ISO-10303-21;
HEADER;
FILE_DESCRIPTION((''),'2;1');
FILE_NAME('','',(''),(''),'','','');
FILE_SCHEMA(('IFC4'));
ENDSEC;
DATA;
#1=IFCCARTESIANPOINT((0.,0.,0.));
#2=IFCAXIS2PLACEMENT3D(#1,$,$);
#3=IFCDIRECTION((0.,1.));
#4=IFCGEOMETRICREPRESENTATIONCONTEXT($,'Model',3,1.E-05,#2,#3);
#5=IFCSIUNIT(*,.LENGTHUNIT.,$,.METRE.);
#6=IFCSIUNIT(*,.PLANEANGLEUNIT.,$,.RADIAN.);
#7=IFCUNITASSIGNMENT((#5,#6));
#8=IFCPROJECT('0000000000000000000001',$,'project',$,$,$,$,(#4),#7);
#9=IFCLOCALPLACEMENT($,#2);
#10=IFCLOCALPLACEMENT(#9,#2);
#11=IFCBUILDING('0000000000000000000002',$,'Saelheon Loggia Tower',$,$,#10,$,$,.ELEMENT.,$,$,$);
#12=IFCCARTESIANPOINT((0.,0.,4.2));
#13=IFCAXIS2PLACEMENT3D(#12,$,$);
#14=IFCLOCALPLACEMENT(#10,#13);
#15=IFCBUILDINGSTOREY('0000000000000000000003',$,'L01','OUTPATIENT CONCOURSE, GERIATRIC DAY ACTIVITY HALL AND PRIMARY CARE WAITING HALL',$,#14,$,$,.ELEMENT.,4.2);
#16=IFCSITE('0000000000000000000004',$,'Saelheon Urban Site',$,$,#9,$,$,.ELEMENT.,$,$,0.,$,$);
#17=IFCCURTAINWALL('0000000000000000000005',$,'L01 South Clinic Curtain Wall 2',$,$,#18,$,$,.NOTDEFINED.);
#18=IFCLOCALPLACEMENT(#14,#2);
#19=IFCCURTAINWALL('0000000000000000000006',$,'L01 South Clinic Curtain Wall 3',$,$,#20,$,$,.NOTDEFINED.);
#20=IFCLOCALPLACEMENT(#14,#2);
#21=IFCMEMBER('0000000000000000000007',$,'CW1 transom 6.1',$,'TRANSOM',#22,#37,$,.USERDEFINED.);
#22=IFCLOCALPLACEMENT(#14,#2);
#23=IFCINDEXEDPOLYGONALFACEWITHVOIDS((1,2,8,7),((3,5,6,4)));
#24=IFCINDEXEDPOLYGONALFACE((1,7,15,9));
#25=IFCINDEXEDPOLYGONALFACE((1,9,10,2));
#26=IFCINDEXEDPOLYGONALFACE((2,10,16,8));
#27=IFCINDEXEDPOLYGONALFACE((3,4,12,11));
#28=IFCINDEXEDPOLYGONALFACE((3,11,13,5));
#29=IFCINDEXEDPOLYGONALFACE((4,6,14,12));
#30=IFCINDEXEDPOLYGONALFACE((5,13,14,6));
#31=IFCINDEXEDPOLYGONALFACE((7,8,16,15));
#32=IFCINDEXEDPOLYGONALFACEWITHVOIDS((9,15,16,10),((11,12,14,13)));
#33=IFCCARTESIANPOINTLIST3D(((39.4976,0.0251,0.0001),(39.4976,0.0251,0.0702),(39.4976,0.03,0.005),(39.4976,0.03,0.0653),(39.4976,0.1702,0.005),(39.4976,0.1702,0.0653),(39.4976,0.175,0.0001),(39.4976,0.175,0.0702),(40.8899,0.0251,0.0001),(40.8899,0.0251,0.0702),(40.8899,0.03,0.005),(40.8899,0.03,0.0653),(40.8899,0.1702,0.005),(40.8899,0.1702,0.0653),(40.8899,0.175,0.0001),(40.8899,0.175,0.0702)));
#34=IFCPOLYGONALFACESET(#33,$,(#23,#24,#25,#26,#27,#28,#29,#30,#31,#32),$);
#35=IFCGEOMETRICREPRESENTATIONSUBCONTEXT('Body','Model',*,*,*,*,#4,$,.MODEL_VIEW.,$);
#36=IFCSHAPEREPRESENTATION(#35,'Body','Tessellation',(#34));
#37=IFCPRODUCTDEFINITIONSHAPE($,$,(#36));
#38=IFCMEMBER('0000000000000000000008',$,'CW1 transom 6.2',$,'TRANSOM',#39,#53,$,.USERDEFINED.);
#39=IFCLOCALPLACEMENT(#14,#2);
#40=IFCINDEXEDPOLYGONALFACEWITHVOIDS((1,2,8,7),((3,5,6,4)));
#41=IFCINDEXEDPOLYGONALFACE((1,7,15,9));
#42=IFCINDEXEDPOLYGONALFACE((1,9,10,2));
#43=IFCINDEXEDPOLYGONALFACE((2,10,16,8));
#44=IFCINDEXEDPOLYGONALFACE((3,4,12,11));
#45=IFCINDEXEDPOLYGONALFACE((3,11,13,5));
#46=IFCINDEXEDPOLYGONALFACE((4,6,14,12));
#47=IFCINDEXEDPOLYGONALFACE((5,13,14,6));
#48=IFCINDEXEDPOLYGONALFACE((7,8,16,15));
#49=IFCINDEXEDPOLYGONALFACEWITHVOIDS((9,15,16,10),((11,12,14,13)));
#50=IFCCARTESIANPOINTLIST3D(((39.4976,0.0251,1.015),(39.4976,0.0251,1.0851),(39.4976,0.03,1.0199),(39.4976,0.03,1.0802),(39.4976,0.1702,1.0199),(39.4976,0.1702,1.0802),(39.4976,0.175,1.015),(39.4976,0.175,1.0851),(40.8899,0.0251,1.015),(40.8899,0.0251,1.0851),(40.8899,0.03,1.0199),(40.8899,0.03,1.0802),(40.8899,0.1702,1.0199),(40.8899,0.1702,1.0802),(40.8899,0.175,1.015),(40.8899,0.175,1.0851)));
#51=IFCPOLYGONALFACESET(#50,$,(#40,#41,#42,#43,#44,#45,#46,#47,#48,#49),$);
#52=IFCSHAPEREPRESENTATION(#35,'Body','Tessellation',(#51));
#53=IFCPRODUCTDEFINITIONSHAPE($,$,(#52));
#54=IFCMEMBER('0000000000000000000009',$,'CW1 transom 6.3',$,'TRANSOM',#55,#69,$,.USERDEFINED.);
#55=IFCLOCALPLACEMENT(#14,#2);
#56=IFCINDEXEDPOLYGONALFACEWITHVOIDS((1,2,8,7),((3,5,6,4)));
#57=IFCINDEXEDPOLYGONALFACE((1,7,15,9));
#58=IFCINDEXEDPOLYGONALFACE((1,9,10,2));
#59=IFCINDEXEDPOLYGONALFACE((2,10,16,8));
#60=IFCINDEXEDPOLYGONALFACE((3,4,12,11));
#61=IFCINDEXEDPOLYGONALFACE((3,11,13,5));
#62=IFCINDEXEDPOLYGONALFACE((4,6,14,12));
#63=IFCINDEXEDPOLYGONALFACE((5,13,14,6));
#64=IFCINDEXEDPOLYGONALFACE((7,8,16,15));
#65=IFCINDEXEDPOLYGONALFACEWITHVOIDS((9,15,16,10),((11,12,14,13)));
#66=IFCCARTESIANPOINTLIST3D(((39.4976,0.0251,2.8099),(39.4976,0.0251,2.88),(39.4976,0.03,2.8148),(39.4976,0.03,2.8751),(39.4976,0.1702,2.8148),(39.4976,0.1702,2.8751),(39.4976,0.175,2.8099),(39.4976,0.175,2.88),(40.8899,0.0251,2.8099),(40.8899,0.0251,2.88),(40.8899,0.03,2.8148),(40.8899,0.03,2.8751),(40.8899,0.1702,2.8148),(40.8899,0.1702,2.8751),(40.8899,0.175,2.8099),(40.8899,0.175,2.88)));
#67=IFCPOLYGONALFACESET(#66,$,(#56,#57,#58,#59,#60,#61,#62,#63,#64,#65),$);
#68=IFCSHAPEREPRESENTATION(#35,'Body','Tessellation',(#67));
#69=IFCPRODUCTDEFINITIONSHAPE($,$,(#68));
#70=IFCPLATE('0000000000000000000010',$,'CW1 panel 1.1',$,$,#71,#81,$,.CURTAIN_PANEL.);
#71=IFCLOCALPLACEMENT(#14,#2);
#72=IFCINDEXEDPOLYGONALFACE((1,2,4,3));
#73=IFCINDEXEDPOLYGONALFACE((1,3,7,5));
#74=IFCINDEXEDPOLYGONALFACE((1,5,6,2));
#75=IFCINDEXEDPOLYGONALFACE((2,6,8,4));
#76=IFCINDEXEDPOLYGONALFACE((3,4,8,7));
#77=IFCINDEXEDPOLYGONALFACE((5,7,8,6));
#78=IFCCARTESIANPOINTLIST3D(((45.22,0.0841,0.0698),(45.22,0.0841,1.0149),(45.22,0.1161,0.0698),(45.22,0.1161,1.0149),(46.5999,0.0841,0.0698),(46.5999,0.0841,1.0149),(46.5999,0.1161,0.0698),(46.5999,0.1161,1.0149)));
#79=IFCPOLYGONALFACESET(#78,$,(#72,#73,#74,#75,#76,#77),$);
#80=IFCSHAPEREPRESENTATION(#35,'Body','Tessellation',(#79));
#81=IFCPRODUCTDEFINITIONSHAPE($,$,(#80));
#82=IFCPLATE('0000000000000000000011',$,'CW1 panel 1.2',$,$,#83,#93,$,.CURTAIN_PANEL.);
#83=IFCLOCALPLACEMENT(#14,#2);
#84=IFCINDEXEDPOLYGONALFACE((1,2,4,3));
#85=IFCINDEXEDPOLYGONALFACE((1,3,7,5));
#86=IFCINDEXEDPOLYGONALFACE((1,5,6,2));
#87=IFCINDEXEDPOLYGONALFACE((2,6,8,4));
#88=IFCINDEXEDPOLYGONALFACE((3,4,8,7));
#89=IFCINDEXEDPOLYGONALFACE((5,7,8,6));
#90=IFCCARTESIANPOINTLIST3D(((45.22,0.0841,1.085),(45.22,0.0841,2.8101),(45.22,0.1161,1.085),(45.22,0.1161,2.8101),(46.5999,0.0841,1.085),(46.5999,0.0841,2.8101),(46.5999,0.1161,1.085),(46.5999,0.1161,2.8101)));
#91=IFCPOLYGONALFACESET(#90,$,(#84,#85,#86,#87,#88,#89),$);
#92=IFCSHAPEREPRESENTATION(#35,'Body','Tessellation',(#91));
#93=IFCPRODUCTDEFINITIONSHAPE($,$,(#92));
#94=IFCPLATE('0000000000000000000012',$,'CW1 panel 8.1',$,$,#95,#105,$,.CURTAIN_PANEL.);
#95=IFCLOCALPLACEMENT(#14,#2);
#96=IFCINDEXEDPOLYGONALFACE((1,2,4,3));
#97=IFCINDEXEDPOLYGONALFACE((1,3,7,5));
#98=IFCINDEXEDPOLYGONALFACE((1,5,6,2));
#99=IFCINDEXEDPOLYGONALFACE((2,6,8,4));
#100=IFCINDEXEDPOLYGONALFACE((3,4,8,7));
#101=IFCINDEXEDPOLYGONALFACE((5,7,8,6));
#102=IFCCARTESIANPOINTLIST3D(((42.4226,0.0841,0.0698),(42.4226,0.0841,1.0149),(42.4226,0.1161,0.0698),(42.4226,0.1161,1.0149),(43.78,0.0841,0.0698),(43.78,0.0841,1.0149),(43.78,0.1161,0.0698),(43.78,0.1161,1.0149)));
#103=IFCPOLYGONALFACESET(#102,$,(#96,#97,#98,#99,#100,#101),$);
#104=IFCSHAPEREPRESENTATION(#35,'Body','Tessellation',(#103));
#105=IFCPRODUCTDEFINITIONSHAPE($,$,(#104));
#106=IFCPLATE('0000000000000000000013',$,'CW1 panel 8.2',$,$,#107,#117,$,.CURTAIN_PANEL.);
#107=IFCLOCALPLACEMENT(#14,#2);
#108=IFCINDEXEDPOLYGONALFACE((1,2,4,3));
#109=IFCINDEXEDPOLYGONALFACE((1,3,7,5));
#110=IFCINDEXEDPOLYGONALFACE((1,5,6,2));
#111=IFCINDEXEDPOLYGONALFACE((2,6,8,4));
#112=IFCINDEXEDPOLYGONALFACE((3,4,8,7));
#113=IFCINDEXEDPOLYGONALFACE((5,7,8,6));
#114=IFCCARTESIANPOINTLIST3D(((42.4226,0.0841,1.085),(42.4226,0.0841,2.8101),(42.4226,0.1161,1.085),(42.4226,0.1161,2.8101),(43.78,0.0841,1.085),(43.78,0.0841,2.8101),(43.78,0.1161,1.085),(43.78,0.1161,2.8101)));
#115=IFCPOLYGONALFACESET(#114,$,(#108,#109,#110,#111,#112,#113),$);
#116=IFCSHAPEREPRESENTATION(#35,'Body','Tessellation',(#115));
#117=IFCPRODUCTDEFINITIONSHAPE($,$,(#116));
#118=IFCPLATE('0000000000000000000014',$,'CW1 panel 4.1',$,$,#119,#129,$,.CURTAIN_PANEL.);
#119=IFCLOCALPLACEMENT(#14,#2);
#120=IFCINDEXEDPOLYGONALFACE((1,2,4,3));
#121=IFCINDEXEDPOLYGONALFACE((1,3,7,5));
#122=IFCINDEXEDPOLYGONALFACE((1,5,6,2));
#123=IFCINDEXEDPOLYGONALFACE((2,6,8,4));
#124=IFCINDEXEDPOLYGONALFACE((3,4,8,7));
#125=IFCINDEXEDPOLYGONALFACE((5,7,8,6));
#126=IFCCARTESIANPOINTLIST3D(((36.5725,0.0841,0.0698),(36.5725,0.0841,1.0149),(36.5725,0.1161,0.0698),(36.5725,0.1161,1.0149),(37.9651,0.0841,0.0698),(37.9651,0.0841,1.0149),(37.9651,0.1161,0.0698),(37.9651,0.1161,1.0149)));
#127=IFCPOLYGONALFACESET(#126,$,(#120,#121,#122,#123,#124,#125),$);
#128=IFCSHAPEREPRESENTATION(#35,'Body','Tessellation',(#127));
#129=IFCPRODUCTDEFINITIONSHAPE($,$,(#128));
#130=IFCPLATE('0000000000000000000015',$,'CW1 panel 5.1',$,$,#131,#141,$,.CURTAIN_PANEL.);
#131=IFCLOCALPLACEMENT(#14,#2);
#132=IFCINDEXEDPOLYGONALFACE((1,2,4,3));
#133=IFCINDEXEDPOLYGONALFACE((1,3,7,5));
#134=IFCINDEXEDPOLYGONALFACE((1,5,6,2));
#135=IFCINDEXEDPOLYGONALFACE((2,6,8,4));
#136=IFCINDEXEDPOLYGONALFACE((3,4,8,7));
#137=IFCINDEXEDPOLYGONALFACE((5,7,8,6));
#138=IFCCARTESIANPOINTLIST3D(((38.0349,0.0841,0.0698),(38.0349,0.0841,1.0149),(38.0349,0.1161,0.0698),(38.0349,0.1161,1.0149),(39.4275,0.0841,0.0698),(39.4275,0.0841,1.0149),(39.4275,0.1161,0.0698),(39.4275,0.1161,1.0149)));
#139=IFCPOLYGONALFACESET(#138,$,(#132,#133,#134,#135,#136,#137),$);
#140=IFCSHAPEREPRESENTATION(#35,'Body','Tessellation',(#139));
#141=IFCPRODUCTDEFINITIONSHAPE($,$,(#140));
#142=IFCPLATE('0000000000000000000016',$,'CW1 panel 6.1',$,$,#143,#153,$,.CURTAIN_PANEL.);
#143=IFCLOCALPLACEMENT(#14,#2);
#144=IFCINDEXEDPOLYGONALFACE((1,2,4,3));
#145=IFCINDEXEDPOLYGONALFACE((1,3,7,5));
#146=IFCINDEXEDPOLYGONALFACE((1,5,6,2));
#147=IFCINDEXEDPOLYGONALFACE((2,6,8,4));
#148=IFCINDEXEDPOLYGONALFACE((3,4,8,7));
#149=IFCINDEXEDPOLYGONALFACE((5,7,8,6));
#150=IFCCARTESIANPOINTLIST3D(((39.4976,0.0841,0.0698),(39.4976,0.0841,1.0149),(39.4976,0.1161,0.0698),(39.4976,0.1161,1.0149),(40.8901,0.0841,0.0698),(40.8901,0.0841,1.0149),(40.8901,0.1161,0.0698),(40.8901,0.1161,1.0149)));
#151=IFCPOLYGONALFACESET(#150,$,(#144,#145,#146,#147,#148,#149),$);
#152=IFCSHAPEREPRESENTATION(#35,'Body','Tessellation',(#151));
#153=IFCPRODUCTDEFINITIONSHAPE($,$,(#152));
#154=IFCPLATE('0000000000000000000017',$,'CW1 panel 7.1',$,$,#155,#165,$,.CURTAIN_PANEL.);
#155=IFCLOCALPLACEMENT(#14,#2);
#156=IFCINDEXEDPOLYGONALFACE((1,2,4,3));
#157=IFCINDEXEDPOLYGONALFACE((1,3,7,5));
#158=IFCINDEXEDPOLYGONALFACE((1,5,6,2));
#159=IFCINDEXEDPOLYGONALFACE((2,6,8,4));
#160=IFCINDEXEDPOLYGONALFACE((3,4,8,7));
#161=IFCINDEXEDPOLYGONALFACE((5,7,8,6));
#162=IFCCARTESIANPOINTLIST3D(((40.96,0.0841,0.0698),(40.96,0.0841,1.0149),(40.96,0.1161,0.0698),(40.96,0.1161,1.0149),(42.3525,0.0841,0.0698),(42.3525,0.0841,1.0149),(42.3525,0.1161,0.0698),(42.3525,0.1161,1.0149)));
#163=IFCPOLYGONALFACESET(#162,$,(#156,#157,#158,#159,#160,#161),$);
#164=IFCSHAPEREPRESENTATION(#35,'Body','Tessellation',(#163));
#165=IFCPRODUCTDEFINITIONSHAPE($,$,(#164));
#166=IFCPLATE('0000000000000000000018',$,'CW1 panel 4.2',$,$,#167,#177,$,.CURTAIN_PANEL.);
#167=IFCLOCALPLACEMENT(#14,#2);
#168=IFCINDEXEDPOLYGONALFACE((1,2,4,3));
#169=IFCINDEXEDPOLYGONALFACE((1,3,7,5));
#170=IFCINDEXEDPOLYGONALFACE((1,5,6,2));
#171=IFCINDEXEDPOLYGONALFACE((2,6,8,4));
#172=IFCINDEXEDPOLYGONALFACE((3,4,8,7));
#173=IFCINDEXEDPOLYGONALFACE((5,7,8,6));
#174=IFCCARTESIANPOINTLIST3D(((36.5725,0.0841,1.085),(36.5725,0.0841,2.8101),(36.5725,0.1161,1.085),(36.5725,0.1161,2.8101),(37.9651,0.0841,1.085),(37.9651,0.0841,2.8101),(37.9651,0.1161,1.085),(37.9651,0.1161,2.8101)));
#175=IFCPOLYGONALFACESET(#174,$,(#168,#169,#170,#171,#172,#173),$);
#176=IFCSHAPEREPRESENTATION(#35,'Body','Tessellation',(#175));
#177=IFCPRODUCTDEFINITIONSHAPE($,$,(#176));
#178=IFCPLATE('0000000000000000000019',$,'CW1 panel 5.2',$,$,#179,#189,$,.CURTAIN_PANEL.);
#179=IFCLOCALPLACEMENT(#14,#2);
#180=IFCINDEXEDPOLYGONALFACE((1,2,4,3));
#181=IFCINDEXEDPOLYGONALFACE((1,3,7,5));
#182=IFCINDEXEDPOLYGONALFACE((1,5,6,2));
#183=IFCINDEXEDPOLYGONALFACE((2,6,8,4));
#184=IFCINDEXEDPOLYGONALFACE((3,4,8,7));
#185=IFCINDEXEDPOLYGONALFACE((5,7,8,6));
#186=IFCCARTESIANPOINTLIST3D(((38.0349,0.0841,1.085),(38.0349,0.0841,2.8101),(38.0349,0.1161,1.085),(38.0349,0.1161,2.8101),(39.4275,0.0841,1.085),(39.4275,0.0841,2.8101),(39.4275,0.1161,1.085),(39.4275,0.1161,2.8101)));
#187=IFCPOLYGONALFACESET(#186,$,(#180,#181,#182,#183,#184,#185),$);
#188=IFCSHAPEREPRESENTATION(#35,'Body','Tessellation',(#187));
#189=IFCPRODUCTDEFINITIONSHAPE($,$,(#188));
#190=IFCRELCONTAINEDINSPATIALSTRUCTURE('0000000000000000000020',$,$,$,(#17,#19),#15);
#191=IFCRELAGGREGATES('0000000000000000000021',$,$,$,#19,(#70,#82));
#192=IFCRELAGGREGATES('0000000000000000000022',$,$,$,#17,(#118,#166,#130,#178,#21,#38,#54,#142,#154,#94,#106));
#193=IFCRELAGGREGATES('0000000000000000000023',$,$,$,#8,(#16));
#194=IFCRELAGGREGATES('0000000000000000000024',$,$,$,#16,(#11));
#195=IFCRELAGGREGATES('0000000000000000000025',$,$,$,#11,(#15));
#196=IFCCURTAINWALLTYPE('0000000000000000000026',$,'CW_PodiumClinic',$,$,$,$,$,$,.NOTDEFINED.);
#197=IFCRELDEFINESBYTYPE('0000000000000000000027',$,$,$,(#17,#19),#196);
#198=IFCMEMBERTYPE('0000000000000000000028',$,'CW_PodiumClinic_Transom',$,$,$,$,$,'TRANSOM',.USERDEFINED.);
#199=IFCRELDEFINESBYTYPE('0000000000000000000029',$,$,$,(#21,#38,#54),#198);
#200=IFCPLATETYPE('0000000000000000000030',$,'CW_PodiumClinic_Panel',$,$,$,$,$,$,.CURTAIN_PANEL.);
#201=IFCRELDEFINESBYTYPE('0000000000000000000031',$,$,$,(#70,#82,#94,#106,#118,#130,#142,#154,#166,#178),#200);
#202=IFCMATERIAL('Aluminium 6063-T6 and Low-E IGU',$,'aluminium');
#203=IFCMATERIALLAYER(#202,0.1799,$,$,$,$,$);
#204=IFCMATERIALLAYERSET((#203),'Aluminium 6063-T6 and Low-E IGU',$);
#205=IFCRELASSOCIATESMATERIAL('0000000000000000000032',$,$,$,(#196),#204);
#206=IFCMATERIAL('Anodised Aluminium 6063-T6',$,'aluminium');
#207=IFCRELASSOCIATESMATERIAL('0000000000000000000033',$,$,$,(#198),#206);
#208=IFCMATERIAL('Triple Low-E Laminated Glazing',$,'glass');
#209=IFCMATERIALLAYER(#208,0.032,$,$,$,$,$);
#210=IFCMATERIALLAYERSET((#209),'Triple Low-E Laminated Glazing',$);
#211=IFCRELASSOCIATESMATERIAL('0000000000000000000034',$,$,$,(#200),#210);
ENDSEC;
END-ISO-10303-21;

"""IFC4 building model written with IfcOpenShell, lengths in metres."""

from ifc_helpers import new_model, si_unit, direction, frame, origin, origin_2d, place, context, subcontext, project, spatial, rectangle, hollow_rectangle, extrude, source, transform, mapped, material, layer, layer_set, material_profile, profile_set, type_object, element, aggregate, save


model = new_model("IFC4")

# Units and contexts
model_context = context("Model", 3, precision=1e-05, world=origin(), true_north=direction((0.0, 1.0)))
body_context = subcontext(model_context, "Body", "Model", "MODEL_VIEW")
ifc_project = project(units=[si_unit("LENGTHUNIT", "METRE"), si_unit("PLANEANGLEUNIT", "RADIAN")], contexts=[model_context])

# Site, building, storey
site_placement = place(None, origin())
site = spatial("IfcSite", under=ifc_project, at=site_placement, Name="Saelheon Urban Site", CompositionType="ELEMENT", RefElevation=0.0)
building_placement = place(site_placement, origin())
building = spatial("IfcBuilding", under=site, at=building_placement, Name="Saelheon Loggia Tower", CompositionType="ELEMENT")
storey_placement = place(building_placement, frame((0.0, 0.0, 4.2)))
storey = spatial("IfcBuildingStorey", under=building, at=storey_placement, Name="L01", Description="OUTPATIENT CONCOURSE, GERIATRIC DAY ACTIVITY HALL AND PRIMARY CARE WAITING HALL", CompositionType="ELEMENT", Elevation=4.2)

# Curtain walls
ifc_material_1 = material(Name="Aluminium 6063-T6 and Low-E IGU", Category="aluminium")
ifc_layer_1 = layer(ifc_material_1, 0.1799)
ifc_layer_set_1 = layer_set([ifc_layer_1], Name="Aluminium 6063-T6 and Low-E IGU")
curtain_wall_type = type_object("IfcCurtainWallType", Name="CW_PodiumClinic", PredefinedType="NOTDEFINED", material=ifc_layer_set_1)
curtain_wall_1_placement = place(storey_placement, origin())
curtain_wall_1 = element("IfcCurtainWall", 1, at=curtain_wall_1_placement, inside=storey, type_object=curtain_wall_type, Name="L01 South Clinic Curtain Wall 2", PredefinedType="NOTDEFINED")
ifc_material_2 = material(Name="Anodised Aluminium 6063-T6", Category="aluminium")
curtain_wall_2_placement = place(storey_placement, origin())
curtain_wall_2 = element("IfcCurtainWall", 2, at=curtain_wall_2_placement, inside=storey, type_object=curtain_wall_type, Name="L01 South Clinic Curtain Wall 3", PredefinedType="NOTDEFINED")
ifc_material_profile_1 = material_profile(ifc_material_2, hollow_rectangle(XDim=0.0701, YDim=0.1499, WallThickness=0.0049, at=origin_2d()), Name="RHS-150x70x5")
ifc_profile_set_1 = profile_set([ifc_material_profile_1], Name="Anodised Aluminium 6063-T6")
member_type_1 = type_object("IfcMemberType", Name="CW_PodiumClinic_Transom", ElementType="TRANSOM", PredefinedType="USERDEFINED", material=ifc_profile_set_1)

# Members
shared_shape_1 = source(origin(), body_context, "Body", "SweptSolid", [
    extrude(hollow_rectangle(XDim=0.0701, YDim=0.1499, WallThickness=0.0049, at=origin_2d()), origin(), (0.0, 0.0, 1.0), 1.3923),
])
member_1_placement = place(storey_placement, frame((39.4976, 0.1001, 0.0352), z_axis=(1.0, 0.0, 0.0), x_axis=(0.0, 0.0, 1.0)))
member_1 = element("IfcMember", 3, at=member_1_placement, type_object=member_type_1, Name="CW1 transom 6.1", ObjectType="TRANSOM", PredefinedType="USERDEFINED", context=body_context, shape_type="MappedRepresentation", body=[
    mapped(shared_shape_1, transform((0.0, 0.0, 0.0), scale=1.0)),
])
member_2_placement = place(storey_placement, frame((39.4976, 0.1001, 1.05), z_axis=(1.0, 0.0, 0.0), x_axis=(0.0, 0.0, 1.0)))
member_2 = element("IfcMember", 4, at=member_2_placement, type_object=member_type_1, Name="CW1 transom 6.2", ObjectType="TRANSOM", PredefinedType="USERDEFINED", context=body_context, shape_type="MappedRepresentation", body=[
    mapped(shared_shape_1, transform((0.0, 0.0, 0.0), scale=1.0)),
])
member_3_placement = place(storey_placement, frame((39.4976, 0.1001, 2.845), z_axis=(1.0, 0.0, 0.0), x_axis=(0.0, 0.0, 1.0)))
member_3 = element("IfcMember", 5, at=member_3_placement, type_object=member_type_1, Name="CW1 transom 6.3", ObjectType="TRANSOM", PredefinedType="USERDEFINED", context=body_context, shape_type="MappedRepresentation", body=[
    mapped(shared_shape_1, transform((0.0, 0.0, 0.0), scale=1.0)),
])

# Plates
ifc_material_3 = material(Name="Triple Low-E Laminated Glazing", Category="glass")
ifc_layer_2 = layer(ifc_material_3, 0.032)
ifc_layer_set_2 = layer_set([ifc_layer_2], Name="Triple Low-E Laminated Glazing")
plate_type = type_object("IfcPlateType", Name="CW_PodiumClinic_Panel", PredefinedType="CURTAIN_PANEL", material=ifc_layer_set_2)
shared_shape_2 = source(origin(), body_context, "Body", "SweptSolid", [
    extrude(rectangle(XDim=1.3799, YDim=0.032, at=origin_2d()), origin(), (0.0, 0.0, 1.0), 0.9451),
])
plate_1_placement = place(storey_placement, frame((45.9099, 0.1001, 0.0698), z_axis=(0.0, 0.0, 1.0), x_axis=(1.0, 0.0, 0.0)))
plate_1 = element("IfcPlate", 6, at=plate_1_placement, type_object=plate_type, Name="CW1 panel 1.1", PredefinedType="CURTAIN_PANEL", context=body_context, shape_type="MappedRepresentation", body=[
    mapped(shared_shape_2, transform((0.0, 0.0, 0.0), scale=1.0)),
])
shared_shape_3 = source(origin(), body_context, "Body", "SweptSolid", [
    extrude(rectangle(XDim=1.3799, YDim=0.032, at=origin_2d()), origin(), (0.0, 0.0, 1.0), 1.7251),
])
plate_2_placement = place(storey_placement, frame((45.9099, 0.1001, 1.085), z_axis=(0.0, 0.0, 1.0), x_axis=(1.0, 0.0, 0.0)))
plate_2 = element("IfcPlate", 7, at=plate_2_placement, type_object=plate_type, Name="CW1 panel 1.2", PredefinedType="CURTAIN_PANEL", context=body_context, shape_type="MappedRepresentation", body=[
    mapped(shared_shape_3, transform((0.0, 0.0, 0.0), scale=1.0)),
])
aggregate(curtain_wall_2, [plate_1, plate_2])
shared_shape_4 = source(origin(), body_context, "Body", "SweptSolid", [
    extrude(rectangle(XDim=1.3574, YDim=0.032, at=origin_2d()), origin(), (0.0, 0.0, 1.0), 0.9451),
])
plate_3_placement = place(storey_placement, frame((43.1013, 0.1001, 0.0698), z_axis=(0.0, 0.0, 1.0), x_axis=(1.0, 0.0, 0.0)))
plate_3 = element("IfcPlate", 8, at=plate_3_placement, type_object=plate_type, Name="CW1 panel 8.1", PredefinedType="CURTAIN_PANEL", context=body_context, shape_type="MappedRepresentation", body=[
    mapped(shared_shape_4, transform((0.0, 0.0, 0.0), scale=1.0)),
])
shared_shape_5 = source(origin(), body_context, "Body", "SweptSolid", [
    extrude(rectangle(XDim=1.3574, YDim=0.032, at=origin_2d()), origin(), (0.0, 0.0, 1.0), 1.7251),
])
plate_4_placement = place(storey_placement, frame((43.1013, 0.1001, 1.085), z_axis=(0.0, 0.0, 1.0), x_axis=(1.0, 0.0, 0.0)))
plate_4 = element("IfcPlate", 9, at=plate_4_placement, type_object=plate_type, Name="CW1 panel 8.2", PredefinedType="CURTAIN_PANEL", context=body_context, shape_type="MappedRepresentation", body=[
    mapped(shared_shape_5, transform((0.0, 0.0, 0.0), scale=1.0)),
])
shared_shape_6 = source(origin(), body_context, "Body", "SweptSolid", [
    extrude(rectangle(XDim=1.3926, YDim=0.032, at=origin_2d()), origin(), (0.0, 0.0, 1.0), 0.9451),
])
plate_5_placement = place(storey_placement, frame((37.2688, 0.1001, 0.0698), z_axis=(0.0, 0.0, 1.0), x_axis=(1.0, 0.0, 0.0)))
plate_5 = element("IfcPlate", 10, at=plate_5_placement, type_object=plate_type, Name="CW1 panel 4.1", PredefinedType="CURTAIN_PANEL", context=body_context, shape_type="MappedRepresentation", body=[
    mapped(shared_shape_6, transform((0.0, 0.0, 0.0), scale=1.0)),
])
plate_6_placement = place(storey_placement, frame((38.7312, 0.1001, 0.0698), z_axis=(0.0, 0.0, 1.0), x_axis=(1.0, 0.0, 0.0)))
plate_6 = element("IfcPlate", 11, at=plate_6_placement, type_object=plate_type, Name="CW1 panel 5.1", PredefinedType="CURTAIN_PANEL", context=body_context, shape_type="MappedRepresentation", body=[
    mapped(shared_shape_6, transform((0.0, 0.0, 0.0), scale=1.0)),
])
plate_7_placement = place(storey_placement, frame((40.1938, 0.1001, 0.0698), z_axis=(0.0, 0.0, 1.0), x_axis=(1.0, 0.0, 0.0)))
plate_7 = element("IfcPlate", 12, at=plate_7_placement, type_object=plate_type, Name="CW1 panel 6.1", PredefinedType="CURTAIN_PANEL", context=body_context, shape_type="MappedRepresentation", body=[
    mapped(shared_shape_6, transform((0.0, 0.0, 0.0), scale=1.0)),
])
plate_8_placement = place(storey_placement, frame((41.6562, 0.1001, 0.0698), z_axis=(0.0, 0.0, 1.0), x_axis=(1.0, 0.0, 0.0)))
plate_8 = element("IfcPlate", 13, at=plate_8_placement, type_object=plate_type, Name="CW1 panel 7.1", PredefinedType="CURTAIN_PANEL", context=body_context, shape_type="MappedRepresentation", body=[
    mapped(shared_shape_6, transform((0.0, 0.0, 0.0), scale=1.0)),
])
shared_shape_7 = source(origin(), body_context, "Body", "SweptSolid", [
    extrude(rectangle(XDim=1.3926, YDim=0.032, at=origin_2d()), origin(), (0.0, 0.0, 1.0), 1.7251),
])
plate_9_placement = place(storey_placement, frame((37.2688, 0.1001, 1.085), z_axis=(0.0, 0.0, 1.0), x_axis=(1.0, 0.0, 0.0)))
plate_9 = element("IfcPlate", 14, at=plate_9_placement, type_object=plate_type, Name="CW1 panel 4.2", PredefinedType="CURTAIN_PANEL", context=body_context, shape_type="MappedRepresentation", body=[
    mapped(shared_shape_7, transform((0.0, 0.0, 0.0), scale=1.0)),
])
plate_10_placement = place(storey_placement, frame((38.7312, 0.1001, 1.085), z_axis=(0.0, 0.0, 1.0), x_axis=(1.0, 0.0, 0.0)))
plate_10 = element("IfcPlate", 15, at=plate_10_placement, type_object=plate_type, Name="CW1 panel 5.2", PredefinedType="CURTAIN_PANEL", context=body_context, shape_type="MappedRepresentation", body=[
    mapped(shared_shape_7, transform((0.0, 0.0, 0.0), scale=1.0)),
])
aggregate(curtain_wall_1, [plate_5, plate_9, plate_6, plate_10, member_1, member_2, member_3, plate_7, plate_8, plate_3, plate_4])

save(model, "model.ifc")
